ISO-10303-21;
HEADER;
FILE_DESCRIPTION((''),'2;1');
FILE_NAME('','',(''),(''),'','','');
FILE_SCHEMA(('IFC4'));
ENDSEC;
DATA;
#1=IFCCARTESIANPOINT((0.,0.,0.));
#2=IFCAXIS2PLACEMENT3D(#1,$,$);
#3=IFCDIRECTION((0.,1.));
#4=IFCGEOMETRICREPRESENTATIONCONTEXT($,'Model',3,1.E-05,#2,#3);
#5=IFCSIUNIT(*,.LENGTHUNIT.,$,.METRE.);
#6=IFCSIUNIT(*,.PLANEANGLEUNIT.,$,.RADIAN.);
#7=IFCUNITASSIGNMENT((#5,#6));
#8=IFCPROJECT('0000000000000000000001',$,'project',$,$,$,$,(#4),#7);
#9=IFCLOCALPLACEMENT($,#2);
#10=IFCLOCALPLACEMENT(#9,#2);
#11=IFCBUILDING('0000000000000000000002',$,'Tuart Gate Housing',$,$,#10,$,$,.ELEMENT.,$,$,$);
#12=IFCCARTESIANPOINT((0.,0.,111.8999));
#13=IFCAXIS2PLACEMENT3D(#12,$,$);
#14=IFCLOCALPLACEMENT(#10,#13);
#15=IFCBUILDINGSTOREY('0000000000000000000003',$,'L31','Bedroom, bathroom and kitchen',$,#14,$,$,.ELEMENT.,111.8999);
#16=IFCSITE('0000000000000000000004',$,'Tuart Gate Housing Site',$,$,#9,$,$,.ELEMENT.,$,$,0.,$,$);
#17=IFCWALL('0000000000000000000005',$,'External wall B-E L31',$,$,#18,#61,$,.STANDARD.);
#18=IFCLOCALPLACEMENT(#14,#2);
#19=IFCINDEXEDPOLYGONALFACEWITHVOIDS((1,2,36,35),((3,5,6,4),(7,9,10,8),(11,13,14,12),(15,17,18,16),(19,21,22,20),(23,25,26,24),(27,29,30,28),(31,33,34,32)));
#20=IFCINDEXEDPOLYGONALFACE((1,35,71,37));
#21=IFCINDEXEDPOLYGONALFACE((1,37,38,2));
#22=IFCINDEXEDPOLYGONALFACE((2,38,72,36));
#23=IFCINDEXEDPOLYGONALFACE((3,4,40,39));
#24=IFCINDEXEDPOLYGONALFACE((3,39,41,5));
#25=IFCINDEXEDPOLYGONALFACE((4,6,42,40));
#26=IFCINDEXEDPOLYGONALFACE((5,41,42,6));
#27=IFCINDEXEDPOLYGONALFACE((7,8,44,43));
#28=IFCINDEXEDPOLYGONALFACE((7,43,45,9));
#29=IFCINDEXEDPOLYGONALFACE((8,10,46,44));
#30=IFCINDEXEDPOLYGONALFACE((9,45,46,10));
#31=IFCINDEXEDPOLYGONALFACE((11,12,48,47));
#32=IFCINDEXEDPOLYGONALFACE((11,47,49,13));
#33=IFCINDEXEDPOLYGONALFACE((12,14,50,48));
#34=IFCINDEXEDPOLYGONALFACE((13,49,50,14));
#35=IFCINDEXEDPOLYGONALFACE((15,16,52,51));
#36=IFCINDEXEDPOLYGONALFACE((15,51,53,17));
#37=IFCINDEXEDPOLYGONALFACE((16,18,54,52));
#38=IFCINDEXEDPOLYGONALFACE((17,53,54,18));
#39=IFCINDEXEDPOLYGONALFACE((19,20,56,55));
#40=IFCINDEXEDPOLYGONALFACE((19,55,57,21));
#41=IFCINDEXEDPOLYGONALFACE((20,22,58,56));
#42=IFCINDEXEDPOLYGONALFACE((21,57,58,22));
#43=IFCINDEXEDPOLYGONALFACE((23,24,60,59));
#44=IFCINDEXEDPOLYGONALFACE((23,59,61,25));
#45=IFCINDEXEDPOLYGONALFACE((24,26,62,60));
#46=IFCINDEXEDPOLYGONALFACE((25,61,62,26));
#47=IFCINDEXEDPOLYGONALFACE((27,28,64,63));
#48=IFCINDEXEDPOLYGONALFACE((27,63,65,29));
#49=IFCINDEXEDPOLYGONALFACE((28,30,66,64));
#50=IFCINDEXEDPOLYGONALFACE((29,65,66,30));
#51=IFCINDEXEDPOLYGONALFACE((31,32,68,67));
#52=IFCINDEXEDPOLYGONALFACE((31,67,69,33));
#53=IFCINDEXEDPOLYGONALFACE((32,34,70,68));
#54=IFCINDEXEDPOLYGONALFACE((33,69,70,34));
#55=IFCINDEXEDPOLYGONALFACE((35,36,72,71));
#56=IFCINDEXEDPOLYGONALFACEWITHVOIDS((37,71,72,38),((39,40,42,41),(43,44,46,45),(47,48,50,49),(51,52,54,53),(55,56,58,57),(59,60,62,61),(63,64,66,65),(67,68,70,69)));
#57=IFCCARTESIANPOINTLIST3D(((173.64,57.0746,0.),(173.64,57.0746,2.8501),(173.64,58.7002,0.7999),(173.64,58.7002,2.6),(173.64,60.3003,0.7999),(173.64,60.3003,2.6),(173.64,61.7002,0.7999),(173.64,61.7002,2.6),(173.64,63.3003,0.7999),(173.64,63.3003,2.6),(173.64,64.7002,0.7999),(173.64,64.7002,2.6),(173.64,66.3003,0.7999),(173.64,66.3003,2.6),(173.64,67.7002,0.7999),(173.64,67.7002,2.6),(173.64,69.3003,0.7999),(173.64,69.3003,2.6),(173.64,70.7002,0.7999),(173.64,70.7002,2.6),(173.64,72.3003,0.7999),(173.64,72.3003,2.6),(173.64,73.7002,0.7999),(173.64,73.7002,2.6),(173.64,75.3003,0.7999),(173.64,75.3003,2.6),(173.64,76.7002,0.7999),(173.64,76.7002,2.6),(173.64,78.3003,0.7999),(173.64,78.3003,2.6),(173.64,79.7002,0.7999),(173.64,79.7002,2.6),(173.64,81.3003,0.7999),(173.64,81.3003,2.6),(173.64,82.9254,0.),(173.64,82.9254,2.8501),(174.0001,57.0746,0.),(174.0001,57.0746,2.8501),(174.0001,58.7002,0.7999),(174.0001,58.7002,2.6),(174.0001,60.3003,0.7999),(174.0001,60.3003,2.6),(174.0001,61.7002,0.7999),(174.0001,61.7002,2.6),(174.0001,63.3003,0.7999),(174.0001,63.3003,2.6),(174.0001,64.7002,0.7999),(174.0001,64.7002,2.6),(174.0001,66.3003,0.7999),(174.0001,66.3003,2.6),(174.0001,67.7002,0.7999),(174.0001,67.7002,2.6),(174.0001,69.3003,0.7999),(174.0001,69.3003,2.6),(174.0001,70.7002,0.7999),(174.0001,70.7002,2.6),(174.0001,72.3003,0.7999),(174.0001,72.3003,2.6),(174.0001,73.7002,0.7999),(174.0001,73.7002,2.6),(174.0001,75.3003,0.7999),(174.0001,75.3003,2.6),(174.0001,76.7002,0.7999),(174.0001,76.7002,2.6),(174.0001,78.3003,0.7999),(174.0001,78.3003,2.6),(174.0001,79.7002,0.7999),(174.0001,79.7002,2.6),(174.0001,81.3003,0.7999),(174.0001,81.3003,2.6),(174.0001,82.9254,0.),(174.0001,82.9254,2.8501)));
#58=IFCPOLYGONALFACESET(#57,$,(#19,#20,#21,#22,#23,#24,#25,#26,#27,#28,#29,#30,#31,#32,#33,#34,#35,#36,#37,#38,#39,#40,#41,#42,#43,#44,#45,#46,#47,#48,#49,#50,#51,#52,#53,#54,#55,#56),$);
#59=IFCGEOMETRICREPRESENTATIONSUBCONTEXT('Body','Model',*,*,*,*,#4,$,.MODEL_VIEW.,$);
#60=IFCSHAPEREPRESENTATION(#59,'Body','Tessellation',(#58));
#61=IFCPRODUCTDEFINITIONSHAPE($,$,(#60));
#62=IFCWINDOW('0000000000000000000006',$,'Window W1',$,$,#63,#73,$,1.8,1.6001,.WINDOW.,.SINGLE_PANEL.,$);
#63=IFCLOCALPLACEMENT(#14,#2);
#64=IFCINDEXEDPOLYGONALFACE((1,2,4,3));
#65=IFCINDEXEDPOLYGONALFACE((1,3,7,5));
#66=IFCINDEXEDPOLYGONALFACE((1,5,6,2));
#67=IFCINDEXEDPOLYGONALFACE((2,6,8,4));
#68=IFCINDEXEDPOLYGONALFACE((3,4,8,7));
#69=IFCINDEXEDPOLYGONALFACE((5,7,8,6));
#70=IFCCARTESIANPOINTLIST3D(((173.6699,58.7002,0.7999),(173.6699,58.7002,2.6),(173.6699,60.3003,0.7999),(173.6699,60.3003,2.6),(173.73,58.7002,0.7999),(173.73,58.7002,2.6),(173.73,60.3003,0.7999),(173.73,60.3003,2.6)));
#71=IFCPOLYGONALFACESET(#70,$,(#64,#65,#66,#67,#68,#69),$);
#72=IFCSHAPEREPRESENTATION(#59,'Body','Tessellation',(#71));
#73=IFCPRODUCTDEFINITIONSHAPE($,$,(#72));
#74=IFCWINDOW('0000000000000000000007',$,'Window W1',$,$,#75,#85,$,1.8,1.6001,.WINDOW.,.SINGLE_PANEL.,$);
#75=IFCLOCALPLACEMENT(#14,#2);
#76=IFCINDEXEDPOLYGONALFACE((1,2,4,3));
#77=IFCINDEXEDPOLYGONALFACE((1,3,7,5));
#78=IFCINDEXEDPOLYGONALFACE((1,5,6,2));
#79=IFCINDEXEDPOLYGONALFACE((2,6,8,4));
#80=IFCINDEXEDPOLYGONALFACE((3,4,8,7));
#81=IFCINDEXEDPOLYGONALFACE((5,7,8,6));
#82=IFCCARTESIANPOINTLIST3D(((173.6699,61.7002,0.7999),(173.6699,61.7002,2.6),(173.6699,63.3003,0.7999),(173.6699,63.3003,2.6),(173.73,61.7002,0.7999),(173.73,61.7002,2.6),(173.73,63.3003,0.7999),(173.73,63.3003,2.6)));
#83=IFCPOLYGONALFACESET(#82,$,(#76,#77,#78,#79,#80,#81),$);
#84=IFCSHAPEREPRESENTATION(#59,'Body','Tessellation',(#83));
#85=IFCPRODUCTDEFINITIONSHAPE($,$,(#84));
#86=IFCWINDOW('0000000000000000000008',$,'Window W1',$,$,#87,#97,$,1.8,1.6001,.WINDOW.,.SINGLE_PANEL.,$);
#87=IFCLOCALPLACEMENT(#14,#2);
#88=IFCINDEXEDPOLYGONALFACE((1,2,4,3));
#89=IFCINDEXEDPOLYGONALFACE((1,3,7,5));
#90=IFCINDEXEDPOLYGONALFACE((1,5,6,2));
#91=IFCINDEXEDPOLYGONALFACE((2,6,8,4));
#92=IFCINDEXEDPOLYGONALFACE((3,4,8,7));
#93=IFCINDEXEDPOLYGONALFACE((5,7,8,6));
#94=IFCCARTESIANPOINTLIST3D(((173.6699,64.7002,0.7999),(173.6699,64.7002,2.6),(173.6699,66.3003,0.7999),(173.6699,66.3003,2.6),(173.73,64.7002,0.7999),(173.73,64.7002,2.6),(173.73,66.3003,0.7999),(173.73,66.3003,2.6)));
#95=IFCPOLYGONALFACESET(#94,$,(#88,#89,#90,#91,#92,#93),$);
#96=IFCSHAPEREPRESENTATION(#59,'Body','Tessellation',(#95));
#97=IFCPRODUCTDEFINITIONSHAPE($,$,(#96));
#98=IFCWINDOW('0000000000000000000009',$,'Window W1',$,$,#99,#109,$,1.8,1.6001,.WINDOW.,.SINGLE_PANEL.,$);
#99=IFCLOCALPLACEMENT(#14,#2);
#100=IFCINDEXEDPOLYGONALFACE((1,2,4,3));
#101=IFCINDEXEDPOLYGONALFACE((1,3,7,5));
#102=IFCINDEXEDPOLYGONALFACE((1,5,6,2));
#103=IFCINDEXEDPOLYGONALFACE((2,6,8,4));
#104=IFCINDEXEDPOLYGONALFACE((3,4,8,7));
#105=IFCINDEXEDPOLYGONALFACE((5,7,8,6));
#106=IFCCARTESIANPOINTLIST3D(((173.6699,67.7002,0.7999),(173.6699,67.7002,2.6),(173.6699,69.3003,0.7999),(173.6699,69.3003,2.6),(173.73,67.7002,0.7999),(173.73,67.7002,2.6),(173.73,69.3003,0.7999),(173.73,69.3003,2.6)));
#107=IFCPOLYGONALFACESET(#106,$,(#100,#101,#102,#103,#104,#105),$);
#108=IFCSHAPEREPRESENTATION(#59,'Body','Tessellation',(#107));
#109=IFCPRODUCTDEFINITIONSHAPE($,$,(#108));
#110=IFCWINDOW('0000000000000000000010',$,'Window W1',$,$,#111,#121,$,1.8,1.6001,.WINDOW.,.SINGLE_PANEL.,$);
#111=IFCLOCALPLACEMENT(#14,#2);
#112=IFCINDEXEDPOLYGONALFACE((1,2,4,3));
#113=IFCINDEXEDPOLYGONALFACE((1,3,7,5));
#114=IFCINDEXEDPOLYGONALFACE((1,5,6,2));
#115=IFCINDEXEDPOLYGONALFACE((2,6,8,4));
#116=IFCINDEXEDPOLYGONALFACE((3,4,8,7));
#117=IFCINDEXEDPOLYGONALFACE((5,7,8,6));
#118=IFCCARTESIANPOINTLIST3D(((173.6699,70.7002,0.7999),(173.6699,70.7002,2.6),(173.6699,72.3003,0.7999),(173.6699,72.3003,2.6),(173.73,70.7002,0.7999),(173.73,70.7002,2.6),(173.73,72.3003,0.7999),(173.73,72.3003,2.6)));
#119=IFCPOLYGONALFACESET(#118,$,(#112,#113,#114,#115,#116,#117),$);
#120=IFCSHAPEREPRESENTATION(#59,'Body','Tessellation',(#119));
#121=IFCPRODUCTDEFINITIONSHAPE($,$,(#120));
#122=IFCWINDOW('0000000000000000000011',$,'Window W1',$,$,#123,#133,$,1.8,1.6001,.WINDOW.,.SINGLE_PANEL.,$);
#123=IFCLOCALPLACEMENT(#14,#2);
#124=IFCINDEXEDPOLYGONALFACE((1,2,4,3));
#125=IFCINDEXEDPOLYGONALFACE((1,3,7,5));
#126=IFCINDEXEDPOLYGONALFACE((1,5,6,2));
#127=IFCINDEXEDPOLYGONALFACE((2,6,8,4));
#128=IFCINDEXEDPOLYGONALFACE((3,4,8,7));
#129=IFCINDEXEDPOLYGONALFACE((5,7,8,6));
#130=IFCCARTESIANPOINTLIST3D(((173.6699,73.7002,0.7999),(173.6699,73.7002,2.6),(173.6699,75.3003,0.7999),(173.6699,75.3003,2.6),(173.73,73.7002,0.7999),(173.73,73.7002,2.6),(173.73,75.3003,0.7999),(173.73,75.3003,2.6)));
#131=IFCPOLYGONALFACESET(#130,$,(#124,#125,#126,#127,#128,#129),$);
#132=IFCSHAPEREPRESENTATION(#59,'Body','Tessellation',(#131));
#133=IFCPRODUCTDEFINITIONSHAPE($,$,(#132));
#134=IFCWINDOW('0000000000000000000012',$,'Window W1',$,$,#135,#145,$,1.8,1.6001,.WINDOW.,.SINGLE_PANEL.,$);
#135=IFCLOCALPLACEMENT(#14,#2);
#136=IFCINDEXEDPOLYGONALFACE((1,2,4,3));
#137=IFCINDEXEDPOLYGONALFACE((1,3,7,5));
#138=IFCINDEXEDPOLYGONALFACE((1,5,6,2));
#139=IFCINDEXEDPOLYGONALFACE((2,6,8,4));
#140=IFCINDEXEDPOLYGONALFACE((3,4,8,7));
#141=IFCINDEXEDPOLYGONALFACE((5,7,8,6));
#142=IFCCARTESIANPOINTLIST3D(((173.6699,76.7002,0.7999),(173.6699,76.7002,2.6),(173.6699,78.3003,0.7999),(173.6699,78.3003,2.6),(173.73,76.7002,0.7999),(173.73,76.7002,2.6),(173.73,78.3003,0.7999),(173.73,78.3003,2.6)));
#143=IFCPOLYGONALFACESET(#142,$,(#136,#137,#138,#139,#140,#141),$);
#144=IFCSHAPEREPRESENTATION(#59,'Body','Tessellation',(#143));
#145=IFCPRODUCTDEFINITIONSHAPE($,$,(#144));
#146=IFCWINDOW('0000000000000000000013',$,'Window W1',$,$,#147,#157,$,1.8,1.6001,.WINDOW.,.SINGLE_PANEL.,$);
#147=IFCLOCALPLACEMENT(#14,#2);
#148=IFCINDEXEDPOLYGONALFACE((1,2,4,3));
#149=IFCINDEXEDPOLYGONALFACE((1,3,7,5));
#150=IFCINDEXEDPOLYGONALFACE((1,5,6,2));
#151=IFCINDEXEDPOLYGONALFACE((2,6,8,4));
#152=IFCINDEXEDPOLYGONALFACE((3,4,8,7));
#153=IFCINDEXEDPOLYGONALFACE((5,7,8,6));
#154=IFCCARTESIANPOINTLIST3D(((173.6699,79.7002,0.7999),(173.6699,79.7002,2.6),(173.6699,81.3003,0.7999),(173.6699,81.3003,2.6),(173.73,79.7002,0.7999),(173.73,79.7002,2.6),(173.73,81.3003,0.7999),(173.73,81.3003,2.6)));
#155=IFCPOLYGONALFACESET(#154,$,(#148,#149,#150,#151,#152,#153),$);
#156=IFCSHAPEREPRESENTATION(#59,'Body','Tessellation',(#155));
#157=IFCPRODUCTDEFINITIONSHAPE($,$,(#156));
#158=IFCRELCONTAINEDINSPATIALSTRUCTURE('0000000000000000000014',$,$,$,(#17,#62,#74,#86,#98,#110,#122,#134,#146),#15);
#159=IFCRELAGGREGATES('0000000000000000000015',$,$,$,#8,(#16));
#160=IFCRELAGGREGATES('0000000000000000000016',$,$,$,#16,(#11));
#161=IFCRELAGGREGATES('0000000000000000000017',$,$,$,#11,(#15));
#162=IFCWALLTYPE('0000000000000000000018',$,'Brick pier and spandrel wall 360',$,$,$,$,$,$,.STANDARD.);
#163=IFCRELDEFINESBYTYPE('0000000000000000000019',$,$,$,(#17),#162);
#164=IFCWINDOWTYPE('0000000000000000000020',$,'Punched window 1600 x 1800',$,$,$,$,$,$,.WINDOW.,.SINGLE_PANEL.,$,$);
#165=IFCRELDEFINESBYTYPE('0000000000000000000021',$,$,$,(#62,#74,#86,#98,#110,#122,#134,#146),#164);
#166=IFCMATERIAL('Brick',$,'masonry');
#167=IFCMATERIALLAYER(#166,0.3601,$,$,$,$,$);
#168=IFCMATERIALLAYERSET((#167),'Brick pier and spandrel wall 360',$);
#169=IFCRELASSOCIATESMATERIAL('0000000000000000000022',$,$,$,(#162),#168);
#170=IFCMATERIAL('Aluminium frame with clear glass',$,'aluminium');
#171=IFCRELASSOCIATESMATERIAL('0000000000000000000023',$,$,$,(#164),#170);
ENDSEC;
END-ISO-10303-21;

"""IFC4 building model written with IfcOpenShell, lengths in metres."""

from ifc_helpers import new_model, si_unit, direction, frame, frame_2d, origin, place, context, subcontext, project, spatial, rectangle, extrude, material, layer, layer_set, type_object, element, fill, save


model = new_model("IFC4")

# Units and contexts
model_context = context("Model", 3, precision=1e-05, world=origin(), true_north=direction((0.0, 1.0)))
body_context = subcontext(model_context, "Body", "Model", "MODEL_VIEW")
ifc_project = project(units=[si_unit("LENGTHUNIT", "METRE"), si_unit("PLANEANGLEUNIT", "RADIAN")], contexts=[model_context])

# Site, building, storey
site_placement = place(None, origin())
site = spatial("IfcSite", under=ifc_project, at=site_placement, Name="Tuart Gate Housing Site", CompositionType="ELEMENT", RefElevation=0.0)
building_placement = place(site_placement, origin())
building = spatial("IfcBuilding", under=site, at=building_placement, Name="Tuart Gate Housing", CompositionType="ELEMENT")
storey_placement = place(building_placement, frame((0.0, 0.0, 111.8999)))
storey = spatial("IfcBuildingStorey", under=building, at=storey_placement, Name="L31", Description="Bedroom, bathroom and kitchen", CompositionType="ELEMENT", Elevation=111.8999)

# Shared definitions
ifc_material_1 = material(Name="Brick", Category="masonry")
ifc_layer_1 = layer(ifc_material_1, 0.3601)
ifc_layer_set_1 = layer_set([ifc_layer_1], Name="Brick pier and spandrel wall 360")
wall_type_1 = type_object("IfcWallType", Name="Brick pier and spandrel wall 360", PredefinedType="STANDARD", material=ifc_layer_set_1)
ifc_material_2 = material(Name="Aluminium frame with clear glass", Category="aluminium")
window_type = type_object("IfcWindowType", Name="Punched window 1600 x 1800", PartitioningType="SINGLE_PANEL", PredefinedType="WINDOW", material=ifc_material_2)

# Wall, openings, windows
wall_1_placement = place(storey_placement, frame((173.8201, 57.0747, 0.0), z_axis=(0.0, 0.0, 1.0), x_axis=(0.0, 1.0, 0.0)))
wall_1 = element("IfcWall", 1, at=wall_1_placement, inside=storey, type_object=wall_type_1, Name="External wall B-E L31", PredefinedType="STANDARD", context=body_context, shape_type="SweptSolid", body=[
    extrude(rectangle(XDim=25.8508, YDim=0.3601, at=frame_2d((12.9253, 0.0))), origin(), (0.0, 0.0, 1.0), 2.8501),
])
opening_1_placement = place(wall_1_placement, frame((1.6255, 0.0, 0.8)))
opening_1 = element("IfcOpeningElement", 2, at=opening_1_placement, cuts=wall_1, PredefinedType="OPENING", context=body_context, shape_type="SweptSolid", body=[
    extrude(rectangle(XDim=1.6001, YDim=1.8, at=frame_2d((0.8, 0.8999))), frame((0.0, 0.1899, 0.0), z_axis=(0.0, -1.0, 0.0), x_axis=(1.0, 0.0, 0.0)), (0.0, 0.0, 1.0), 0.3801),
])
opening_2_placement = place(wall_1_placement, frame((4.6255, 0.0, 0.8)))
opening_2 = element("IfcOpeningElement", 3, at=opening_2_placement, cuts=wall_1, PredefinedType="OPENING", context=body_context, shape_type="SweptSolid", body=[
    extrude(rectangle(XDim=1.6001, YDim=1.8, at=frame_2d((0.8, 0.8999))), frame((0.0, 0.1899, 0.0), z_axis=(0.0, -1.0, 0.0), x_axis=(1.0, 0.0, 0.0)), (0.0, 0.0, 1.0), 0.3801),
])
opening_3_placement = place(wall_1_placement, frame((7.6255, 0.0, 0.8)))
opening_3 = element("IfcOpeningElement", 4, at=opening_3_placement, cuts=wall_1, PredefinedType="OPENING", context=body_context, shape_type="SweptSolid", body=[
    extrude(rectangle(XDim=1.6001, YDim=1.8, at=frame_2d((0.8, 0.8999))), frame((0.0, 0.1899, 0.0), z_axis=(0.0, -1.0, 0.0), x_axis=(1.0, 0.0, 0.0)), (0.0, 0.0, 1.0), 0.3801),
])
opening_4_placement = place(wall_1_placement, frame((10.6255, 0.0, 0.8)))
opening_4 = element("IfcOpeningElement", 5, at=opening_4_placement, cuts=wall_1, PredefinedType="OPENING", context=body_context, shape_type="SweptSolid", body=[
    extrude(rectangle(XDim=1.6001, YDim=1.8, at=frame_2d((0.8, 0.8999))), frame((0.0, 0.1899, 0.0), z_axis=(0.0, -1.0, 0.0), x_axis=(1.0, 0.0, 0.0)), (0.0, 0.0, 1.0), 0.3801),
])
opening_5_placement = place(wall_1_placement, frame((13.6255, 0.0, 0.8)))
opening_5 = element("IfcOpeningElement", 6, at=opening_5_placement, cuts=wall_1, PredefinedType="OPENING", context=body_context, shape_type="SweptSolid", body=[
    extrude(rectangle(XDim=1.6001, YDim=1.8, at=frame_2d((0.8, 0.8999))), frame((0.0, 0.1899, 0.0), z_axis=(0.0, -1.0, 0.0), x_axis=(1.0, 0.0, 0.0)), (0.0, 0.0, 1.0), 0.3801),
])
opening_6_placement = place(wall_1_placement, frame((16.6255, 0.0, 0.8)))
opening_6 = element("IfcOpeningElement", 7, at=opening_6_placement, cuts=wall_1, PredefinedType="OPENING", context=body_context, shape_type="SweptSolid", body=[
    extrude(rectangle(XDim=1.6001, YDim=1.8, at=frame_2d((0.8, 0.8999))), frame((0.0, 0.1899, 0.0), z_axis=(0.0, -1.0, 0.0), x_axis=(1.0, 0.0, 0.0)), (0.0, 0.0, 1.0), 0.3801),
])
opening_7_placement = place(wall_1_placement, frame((19.6255, 0.0, 0.8)))
opening_7 = element("IfcOpeningElement", 8, at=opening_7_placement, cuts=wall_1, PredefinedType="OPENING", context=body_context, shape_type="SweptSolid", body=[
    extrude(rectangle(XDim=1.6001, YDim=1.8, at=frame_2d((0.8, 0.8999))), frame((0.0, 0.1899, 0.0), z_axis=(0.0, -1.0, 0.0), x_axis=(1.0, 0.0, 0.0)), (0.0, 0.0, 1.0), 0.3801),
])
opening_8_placement = place(wall_1_placement, frame((22.6255, 0.0, 0.8)))
opening_8 = element("IfcOpeningElement", 9, at=opening_8_placement, cuts=wall_1, PredefinedType="OPENING", context=body_context, shape_type="SweptSolid", body=[
    extrude(rectangle(XDim=1.6001, YDim=1.8, at=frame_2d((0.8, 0.8999))), frame((0.0, 0.1899, 0.0), z_axis=(0.0, -1.0, 0.0), x_axis=(1.0, 0.0, 0.0)), (0.0, 0.0, 1.0), 0.3801),
])
window_1_placement = place(opening_1_placement, origin())
window_1 = element("IfcWindow", 10, at=window_1_placement, inside=storey, type_object=window_type, Name="Window W1", OverallHeight=1.8, OverallWidth=1.6001, PartitioningType="SINGLE_PANEL", PredefinedType="WINDOW", context=body_context, shape_type="SweptSolid", body=[
    extrude(rectangle(XDim=1.6001, YDim=1.8, at=frame_2d((0.8, 0.8999))), frame((0.0, 0.1501, 0.0), z_axis=(0.0, -1.0, 0.0), x_axis=(1.0, 0.0, 0.0)), (0.0, 0.0, 1.0), 0.0601),
])
fill(opening_1, window_1)
window_2_placement = place(opening_2_placement, origin())
window_2 = element("IfcWindow", 11, at=window_2_placement, inside=storey, type_object=window_type, Name="Window W1", OverallHeight=1.8, OverallWidth=1.6001, PartitioningType="SINGLE_PANEL", PredefinedType="WINDOW", context=body_context, shape_type="SweptSolid", body=[
    extrude(rectangle(XDim=1.6001, YDim=1.8, at=frame_2d((0.8, 0.8999))), frame((0.0, 0.1501, 0.0), z_axis=(0.0, -1.0, 0.0), x_axis=(1.0, 0.0, 0.0)), (0.0, 0.0, 1.0), 0.0601),
])
fill(opening_2, window_2)
window_3_placement = place(opening_3_placement, origin())
window_3 = element("IfcWindow", 12, at=window_3_placement, inside=storey, type_object=window_type, Name="Window W1", OverallHeight=1.8, OverallWidth=1.6001, PartitioningType="SINGLE_PANEL", PredefinedType="WINDOW", context=body_context, shape_type="SweptSolid", body=[
    extrude(rectangle(XDim=1.6001, YDim=1.8, at=frame_2d((0.8, 0.8999))), frame((0.0, 0.1501, 0.0), z_axis=(0.0, -1.0, 0.0), x_axis=(1.0, 0.0, 0.0)), (0.0, 0.0, 1.0), 0.0601),
])
fill(opening_3, window_3)
window_4_placement = place(opening_4_placement, origin())
window_4 = element("IfcWindow", 13, at=window_4_placement, inside=storey, type_object=window_type, Name="Window W1", OverallHeight=1.8, OverallWidth=1.6001, PartitioningType="SINGLE_PANEL", PredefinedType="WINDOW", context=body_context, shape_type="SweptSolid", body=[
    extrude(rectangle(XDim=1.6001, YDim=1.8, at=frame_2d((0.8, 0.8999))), frame((0.0, 0.1501, 0.0), z_axis=(0.0, -1.0, 0.0), x_axis=(1.0, 0.0, 0.0)), (0.0, 0.0, 1.0), 0.0601),
])
fill(opening_4, window_4)
window_5_placement = place(opening_5_placement, origin())
window_5 = element("IfcWindow", 14, at=window_5_placement, inside=storey, type_object=window_type, Name="Window W1", OverallHeight=1.8, OverallWidth=1.6001, PartitioningType="SINGLE_PANEL", PredefinedType="WINDOW", context=body_context, shape_type="SweptSolid", body=[
    extrude(rectangle(XDim=1.6001, YDim=1.8, at=frame_2d((0.8, 0.8999))), frame((0.0, 0.1501, 0.0), z_axis=(0.0, -1.0, 0.0), x_axis=(1.0, 0.0, 0.0)), (0.0, 0.0, 1.0), 0.0601),
])
fill(opening_5, window_5)
window_6_placement = place(opening_6_placement, origin())
window_6 = element("IfcWindow", 15, at=window_6_placement, inside=storey, type_object=window_type, Name="Window W1", OverallHeight=1.8, OverallWidth=1.6001, PartitioningType="SINGLE_PANEL", PredefinedType="WINDOW", context=body_context, shape_type="SweptSolid", body=[
    extrude(rectangle(XDim=1.6001, YDim=1.8, at=frame_2d((0.8, 0.8999))), frame((0.0, 0.1501, 0.0), z_axis=(0.0, -1.0, 0.0), x_axis=(1.0, 0.0, 0.0)), (0.0, 0.0, 1.0), 0.0601),
])
fill(opening_6, window_6)
window_7_placement = place(opening_7_placement, origin())
window_7 = element("IfcWindow", 16, at=window_7_placement, inside=storey, type_object=window_type, Name="Window W1", OverallHeight=1.8, OverallWidth=1.6001, PartitioningType="SINGLE_PANEL", PredefinedType="WINDOW", context=body_context, shape_type="SweptSolid", body=[
    extrude(rectangle(XDim=1.6001, YDim=1.8, at=frame_2d((0.8, 0.8999))), frame((0.0, 0.1501, 0.0), z_axis=(0.0, -1.0, 0.0), x_axis=(1.0, 0.0, 0.0)), (0.0, 0.0, 1.0), 0.0601),
])
fill(opening_7, window_7)
window_8_placement = place(opening_8_placement, origin())
window_8 = element("IfcWindow", 17, at=window_8_placement, inside=storey, type_object=window_type, Name="Window W1", OverallHeight=1.8, OverallWidth=1.6001, PartitioningType="SINGLE_PANEL", PredefinedType="WINDOW", context=body_context, shape_type="SweptSolid", body=[
    extrude(rectangle(XDim=1.6001, YDim=1.8, at=frame_2d((0.8, 0.8999))), frame((0.0, 0.1501, 0.0), z_axis=(0.0, -1.0, 0.0), x_axis=(1.0, 0.0, 0.0)), (0.0, 0.0, 1.0), 0.0601),
])
fill(opening_8, window_8)

save(model, "model.ifc")
